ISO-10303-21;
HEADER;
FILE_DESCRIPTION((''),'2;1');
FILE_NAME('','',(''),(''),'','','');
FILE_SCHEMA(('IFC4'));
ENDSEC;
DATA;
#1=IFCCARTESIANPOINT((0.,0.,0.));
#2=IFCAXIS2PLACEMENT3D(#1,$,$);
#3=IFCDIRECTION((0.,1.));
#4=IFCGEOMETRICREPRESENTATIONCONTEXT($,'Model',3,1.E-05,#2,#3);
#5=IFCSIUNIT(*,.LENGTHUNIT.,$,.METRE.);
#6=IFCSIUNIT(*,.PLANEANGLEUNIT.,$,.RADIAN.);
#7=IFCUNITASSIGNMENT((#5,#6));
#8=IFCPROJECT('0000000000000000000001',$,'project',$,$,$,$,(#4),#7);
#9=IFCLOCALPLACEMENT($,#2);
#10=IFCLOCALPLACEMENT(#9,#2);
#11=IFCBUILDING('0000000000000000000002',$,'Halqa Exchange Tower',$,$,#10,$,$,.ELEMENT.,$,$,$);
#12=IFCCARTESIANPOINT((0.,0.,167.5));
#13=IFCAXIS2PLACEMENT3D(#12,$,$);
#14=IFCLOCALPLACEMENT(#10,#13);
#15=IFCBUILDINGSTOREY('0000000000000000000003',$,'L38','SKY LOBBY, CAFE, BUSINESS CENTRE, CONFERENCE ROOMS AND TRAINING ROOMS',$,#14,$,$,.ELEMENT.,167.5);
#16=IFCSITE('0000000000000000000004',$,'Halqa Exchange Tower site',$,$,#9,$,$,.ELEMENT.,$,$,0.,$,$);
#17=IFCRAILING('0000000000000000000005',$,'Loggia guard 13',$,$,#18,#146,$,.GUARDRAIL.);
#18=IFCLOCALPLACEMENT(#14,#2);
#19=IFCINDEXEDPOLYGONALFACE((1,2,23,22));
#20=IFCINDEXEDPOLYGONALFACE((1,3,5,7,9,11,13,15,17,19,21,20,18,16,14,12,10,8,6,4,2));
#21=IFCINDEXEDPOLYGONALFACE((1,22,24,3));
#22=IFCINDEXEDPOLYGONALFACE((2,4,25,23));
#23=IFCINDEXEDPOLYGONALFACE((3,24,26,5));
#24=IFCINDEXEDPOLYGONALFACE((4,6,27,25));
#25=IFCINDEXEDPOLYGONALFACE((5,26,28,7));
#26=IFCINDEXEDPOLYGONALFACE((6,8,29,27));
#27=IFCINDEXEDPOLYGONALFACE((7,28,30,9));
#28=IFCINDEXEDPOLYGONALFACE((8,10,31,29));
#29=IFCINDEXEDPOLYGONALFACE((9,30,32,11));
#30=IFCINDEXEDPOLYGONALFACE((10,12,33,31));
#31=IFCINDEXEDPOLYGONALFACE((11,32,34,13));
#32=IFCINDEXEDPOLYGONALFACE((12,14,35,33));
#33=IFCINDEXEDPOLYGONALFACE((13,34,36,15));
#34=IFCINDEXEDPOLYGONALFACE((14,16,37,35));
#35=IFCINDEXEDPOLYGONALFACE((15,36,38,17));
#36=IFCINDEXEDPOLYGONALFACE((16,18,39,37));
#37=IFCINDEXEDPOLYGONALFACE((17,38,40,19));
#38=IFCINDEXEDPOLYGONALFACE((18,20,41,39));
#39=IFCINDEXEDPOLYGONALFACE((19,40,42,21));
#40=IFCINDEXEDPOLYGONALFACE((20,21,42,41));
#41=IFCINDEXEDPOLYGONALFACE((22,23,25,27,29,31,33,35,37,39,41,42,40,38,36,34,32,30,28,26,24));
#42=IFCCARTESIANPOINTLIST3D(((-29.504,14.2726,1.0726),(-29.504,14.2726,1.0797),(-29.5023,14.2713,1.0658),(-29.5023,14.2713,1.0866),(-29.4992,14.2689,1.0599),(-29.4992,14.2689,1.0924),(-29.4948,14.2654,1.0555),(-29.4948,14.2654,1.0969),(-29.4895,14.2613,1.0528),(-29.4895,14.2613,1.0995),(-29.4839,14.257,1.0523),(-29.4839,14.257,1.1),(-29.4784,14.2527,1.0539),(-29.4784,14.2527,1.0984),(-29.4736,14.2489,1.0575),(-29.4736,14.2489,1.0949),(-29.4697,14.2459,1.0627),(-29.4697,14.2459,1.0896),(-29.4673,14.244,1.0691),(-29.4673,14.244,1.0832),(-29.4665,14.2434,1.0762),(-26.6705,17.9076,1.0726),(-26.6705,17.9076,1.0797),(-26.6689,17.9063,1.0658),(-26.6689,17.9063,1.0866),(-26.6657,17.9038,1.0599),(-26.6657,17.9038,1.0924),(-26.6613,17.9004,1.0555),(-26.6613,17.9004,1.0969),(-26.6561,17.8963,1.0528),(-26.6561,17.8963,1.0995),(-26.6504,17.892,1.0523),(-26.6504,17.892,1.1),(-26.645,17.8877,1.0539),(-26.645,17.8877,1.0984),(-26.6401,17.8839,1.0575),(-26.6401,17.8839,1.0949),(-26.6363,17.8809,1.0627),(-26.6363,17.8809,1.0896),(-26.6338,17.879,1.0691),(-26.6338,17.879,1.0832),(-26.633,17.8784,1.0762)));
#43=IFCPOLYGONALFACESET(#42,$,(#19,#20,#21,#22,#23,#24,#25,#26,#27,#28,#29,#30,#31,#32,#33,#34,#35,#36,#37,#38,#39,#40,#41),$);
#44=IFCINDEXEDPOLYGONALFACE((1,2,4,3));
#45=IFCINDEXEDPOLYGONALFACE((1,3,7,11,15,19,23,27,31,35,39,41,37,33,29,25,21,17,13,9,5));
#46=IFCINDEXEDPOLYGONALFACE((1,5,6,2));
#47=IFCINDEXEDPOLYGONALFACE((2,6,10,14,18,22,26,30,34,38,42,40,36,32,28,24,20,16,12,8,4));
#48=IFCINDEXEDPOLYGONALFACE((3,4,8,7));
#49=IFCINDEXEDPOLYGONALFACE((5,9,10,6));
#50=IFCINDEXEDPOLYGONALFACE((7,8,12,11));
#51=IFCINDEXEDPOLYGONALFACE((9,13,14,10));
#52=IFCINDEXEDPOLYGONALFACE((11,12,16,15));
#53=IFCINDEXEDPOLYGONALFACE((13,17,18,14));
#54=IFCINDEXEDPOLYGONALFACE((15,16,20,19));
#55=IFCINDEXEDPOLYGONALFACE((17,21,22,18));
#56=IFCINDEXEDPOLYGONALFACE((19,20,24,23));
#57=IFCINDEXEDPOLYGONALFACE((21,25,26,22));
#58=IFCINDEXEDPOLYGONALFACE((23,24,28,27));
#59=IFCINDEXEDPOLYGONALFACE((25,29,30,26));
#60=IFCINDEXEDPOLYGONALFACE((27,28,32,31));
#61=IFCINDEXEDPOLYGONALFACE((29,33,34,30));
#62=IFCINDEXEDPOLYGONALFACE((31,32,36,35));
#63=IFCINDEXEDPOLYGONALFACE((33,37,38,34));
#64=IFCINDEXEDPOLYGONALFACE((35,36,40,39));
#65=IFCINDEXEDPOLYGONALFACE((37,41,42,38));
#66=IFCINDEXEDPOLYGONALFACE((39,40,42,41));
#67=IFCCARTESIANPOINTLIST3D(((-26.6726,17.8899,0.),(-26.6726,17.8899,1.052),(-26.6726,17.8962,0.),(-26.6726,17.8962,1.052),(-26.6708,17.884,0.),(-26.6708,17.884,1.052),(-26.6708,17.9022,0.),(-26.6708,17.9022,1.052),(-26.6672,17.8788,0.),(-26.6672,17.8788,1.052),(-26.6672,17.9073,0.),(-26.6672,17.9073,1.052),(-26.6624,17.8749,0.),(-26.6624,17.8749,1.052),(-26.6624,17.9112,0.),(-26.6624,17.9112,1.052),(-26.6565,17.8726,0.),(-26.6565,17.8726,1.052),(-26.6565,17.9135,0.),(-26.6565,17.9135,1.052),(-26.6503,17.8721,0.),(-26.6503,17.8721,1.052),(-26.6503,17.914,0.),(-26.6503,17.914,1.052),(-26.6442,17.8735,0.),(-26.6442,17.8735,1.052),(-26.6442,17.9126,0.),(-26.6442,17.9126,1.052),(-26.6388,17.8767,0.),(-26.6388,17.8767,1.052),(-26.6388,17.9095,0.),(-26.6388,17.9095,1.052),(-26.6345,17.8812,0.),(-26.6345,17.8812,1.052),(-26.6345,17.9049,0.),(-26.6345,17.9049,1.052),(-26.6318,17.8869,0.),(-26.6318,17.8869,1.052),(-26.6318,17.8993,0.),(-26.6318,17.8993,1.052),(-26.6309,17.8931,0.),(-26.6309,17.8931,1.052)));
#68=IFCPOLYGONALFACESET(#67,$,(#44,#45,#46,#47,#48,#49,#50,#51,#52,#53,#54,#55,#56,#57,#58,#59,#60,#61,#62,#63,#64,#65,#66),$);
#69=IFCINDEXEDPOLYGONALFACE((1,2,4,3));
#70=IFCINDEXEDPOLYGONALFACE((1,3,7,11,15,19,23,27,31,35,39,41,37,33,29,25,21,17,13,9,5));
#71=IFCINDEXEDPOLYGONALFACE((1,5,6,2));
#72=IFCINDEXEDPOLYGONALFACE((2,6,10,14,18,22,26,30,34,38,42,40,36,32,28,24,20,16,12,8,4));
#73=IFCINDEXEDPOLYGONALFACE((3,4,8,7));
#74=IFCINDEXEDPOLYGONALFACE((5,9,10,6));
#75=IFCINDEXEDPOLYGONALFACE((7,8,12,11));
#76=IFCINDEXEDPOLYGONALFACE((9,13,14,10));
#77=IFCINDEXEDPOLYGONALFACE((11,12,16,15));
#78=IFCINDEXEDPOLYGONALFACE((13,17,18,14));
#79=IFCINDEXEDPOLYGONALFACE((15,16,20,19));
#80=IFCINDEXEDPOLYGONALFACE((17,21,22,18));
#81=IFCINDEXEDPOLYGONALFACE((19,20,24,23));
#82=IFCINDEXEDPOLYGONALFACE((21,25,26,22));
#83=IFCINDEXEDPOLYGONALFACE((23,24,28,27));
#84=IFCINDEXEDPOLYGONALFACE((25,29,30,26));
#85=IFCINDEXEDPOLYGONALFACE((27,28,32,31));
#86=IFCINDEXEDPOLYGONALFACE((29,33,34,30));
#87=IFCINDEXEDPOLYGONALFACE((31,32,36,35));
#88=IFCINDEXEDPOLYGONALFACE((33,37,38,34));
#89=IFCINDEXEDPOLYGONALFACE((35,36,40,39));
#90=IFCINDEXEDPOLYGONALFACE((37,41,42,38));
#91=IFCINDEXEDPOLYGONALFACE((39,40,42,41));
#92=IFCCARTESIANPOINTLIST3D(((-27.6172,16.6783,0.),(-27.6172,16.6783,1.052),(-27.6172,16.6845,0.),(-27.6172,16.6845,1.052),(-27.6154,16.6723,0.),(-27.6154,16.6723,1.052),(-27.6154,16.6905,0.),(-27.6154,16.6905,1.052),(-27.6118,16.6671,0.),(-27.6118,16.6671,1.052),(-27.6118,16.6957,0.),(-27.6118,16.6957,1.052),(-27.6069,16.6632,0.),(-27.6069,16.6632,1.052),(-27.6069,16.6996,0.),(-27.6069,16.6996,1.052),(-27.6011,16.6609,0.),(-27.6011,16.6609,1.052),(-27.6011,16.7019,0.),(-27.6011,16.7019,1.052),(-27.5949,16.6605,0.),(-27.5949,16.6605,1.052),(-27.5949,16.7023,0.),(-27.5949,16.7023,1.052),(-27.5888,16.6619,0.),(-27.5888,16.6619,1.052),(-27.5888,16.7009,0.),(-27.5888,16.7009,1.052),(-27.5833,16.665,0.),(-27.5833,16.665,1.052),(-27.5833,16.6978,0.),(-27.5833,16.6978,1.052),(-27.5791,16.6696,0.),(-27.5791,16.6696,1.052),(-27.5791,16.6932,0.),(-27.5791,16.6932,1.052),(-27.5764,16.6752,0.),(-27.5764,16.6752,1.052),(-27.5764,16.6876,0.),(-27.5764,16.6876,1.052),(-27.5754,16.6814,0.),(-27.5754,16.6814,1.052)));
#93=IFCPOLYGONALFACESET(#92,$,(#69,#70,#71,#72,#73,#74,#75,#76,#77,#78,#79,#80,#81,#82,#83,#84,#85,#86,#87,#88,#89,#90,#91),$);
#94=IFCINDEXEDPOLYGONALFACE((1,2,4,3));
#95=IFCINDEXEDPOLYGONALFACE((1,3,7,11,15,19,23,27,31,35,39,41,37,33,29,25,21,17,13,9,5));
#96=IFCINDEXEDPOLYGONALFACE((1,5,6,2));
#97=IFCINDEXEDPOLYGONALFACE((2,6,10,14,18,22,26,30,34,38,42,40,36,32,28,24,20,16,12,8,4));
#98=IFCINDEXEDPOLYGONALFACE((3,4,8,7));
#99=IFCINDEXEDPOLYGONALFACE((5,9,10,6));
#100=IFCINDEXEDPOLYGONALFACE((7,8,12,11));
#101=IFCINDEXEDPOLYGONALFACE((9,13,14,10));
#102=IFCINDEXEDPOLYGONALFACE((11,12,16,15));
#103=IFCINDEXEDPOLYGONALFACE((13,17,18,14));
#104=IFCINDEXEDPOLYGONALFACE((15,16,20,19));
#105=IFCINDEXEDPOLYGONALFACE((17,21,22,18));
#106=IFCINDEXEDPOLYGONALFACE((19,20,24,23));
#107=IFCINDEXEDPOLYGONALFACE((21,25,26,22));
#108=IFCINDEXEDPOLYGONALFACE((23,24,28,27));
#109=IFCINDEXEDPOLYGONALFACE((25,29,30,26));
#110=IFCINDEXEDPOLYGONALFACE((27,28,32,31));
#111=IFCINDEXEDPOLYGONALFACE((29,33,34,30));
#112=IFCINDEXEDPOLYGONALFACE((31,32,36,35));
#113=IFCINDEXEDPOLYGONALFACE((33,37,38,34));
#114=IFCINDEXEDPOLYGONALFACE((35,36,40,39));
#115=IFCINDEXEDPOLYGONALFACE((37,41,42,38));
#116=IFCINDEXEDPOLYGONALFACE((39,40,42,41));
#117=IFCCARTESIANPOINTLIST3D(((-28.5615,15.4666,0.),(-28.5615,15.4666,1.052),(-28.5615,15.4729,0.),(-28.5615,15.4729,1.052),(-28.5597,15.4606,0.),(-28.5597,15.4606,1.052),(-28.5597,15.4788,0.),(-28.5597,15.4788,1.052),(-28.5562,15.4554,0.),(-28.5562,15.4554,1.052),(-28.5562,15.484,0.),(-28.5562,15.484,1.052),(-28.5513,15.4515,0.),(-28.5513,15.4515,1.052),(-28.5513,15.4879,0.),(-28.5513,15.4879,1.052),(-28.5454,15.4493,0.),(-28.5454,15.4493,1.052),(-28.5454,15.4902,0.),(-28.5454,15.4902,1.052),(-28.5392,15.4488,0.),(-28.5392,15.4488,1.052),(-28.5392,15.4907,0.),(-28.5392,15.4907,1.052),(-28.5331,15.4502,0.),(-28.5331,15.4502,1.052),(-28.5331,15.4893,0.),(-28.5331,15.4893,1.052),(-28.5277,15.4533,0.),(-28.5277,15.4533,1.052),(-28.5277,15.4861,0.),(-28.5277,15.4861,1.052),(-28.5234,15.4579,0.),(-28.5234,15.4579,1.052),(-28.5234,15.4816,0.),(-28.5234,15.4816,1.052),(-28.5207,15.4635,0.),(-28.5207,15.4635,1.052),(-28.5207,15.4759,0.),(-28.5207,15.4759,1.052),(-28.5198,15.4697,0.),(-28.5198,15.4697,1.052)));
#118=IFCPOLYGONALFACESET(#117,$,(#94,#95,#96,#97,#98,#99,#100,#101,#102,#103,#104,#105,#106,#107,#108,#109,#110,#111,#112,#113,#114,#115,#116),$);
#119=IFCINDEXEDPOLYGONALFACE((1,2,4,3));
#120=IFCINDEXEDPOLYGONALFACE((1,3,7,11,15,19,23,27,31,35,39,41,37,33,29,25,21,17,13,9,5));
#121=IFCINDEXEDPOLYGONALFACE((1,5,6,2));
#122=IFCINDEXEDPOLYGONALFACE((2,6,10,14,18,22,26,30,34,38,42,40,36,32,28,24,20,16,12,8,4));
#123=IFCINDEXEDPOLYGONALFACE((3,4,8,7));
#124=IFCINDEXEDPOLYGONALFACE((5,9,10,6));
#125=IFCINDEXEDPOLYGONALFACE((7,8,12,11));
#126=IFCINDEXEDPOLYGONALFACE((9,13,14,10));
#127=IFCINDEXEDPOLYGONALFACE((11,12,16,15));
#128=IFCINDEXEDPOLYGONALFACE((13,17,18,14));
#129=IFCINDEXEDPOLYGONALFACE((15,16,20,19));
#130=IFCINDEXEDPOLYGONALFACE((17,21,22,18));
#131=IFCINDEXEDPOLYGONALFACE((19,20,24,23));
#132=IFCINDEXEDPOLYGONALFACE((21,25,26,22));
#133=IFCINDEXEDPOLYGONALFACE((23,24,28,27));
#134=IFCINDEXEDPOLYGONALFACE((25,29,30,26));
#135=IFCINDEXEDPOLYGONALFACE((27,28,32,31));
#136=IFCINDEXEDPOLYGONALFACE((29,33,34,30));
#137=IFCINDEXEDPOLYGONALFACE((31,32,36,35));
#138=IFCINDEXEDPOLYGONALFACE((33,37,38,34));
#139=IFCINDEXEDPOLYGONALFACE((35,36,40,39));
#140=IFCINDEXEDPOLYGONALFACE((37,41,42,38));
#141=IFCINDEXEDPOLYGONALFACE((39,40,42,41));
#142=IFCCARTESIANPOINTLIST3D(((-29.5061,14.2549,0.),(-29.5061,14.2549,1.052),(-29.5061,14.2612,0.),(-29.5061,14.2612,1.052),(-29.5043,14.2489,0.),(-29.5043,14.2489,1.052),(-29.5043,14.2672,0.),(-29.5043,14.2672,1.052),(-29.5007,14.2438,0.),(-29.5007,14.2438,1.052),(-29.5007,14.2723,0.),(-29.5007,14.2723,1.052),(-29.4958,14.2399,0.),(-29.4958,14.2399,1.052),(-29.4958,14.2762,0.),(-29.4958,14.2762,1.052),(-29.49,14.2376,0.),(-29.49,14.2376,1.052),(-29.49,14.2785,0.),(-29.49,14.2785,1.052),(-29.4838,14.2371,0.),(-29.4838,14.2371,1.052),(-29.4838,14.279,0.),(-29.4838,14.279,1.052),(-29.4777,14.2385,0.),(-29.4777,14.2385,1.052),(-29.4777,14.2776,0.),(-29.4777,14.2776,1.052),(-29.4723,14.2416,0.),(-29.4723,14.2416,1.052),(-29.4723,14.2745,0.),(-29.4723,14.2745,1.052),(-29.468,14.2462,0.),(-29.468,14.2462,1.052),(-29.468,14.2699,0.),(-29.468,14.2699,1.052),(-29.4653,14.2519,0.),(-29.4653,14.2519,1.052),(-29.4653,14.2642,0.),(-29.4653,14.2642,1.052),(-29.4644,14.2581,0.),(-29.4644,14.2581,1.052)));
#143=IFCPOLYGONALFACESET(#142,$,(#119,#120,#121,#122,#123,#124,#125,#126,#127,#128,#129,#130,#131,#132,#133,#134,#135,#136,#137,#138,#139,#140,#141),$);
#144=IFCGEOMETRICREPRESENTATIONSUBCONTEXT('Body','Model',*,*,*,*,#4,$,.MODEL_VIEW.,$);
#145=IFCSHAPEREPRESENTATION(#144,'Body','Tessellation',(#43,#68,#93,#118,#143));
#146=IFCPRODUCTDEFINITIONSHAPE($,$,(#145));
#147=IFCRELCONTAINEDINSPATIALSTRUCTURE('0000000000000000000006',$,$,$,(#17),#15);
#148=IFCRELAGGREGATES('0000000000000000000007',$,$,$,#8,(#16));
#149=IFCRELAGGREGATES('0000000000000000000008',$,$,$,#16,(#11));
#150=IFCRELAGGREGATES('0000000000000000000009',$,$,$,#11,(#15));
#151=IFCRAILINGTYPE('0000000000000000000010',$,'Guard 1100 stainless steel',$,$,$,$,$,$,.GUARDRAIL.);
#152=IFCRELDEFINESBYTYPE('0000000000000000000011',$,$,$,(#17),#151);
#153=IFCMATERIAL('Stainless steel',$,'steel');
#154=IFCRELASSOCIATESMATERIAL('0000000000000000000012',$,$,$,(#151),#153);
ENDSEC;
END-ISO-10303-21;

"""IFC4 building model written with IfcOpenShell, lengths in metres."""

from ifc_helpers import new_model, si_unit, direction, frame, origin, origin_2d, place, context, subcontext, project, spatial, circle, extrude, material, type_object, element, save


model = new_model("IFC4")

# Units and contexts
model_context = context("Model", 3, precision=1e-05, world=origin(), true_north=direction((0.0, 1.0)))
body_context = subcontext(model_context, "Body", "Model", "MODEL_VIEW")
ifc_project = project(units=[si_unit("LENGTHUNIT", "METRE"), si_unit("PLANEANGLEUNIT", "RADIAN")], contexts=[model_context])

# Site, building, storey
site_placement = place(None, origin())
site = spatial("IfcSite", under=ifc_project, at=site_placement, Name="Halqa Exchange Tower site", CompositionType="ELEMENT", RefElevation=0.0)
building_placement = place(site_placement, origin())
building = spatial("IfcBuilding", under=site, at=building_placement, Name="Halqa Exchange Tower", CompositionType="ELEMENT")
storey_placement = place(building_placement, frame((0.0, 0.0, 167.5)))
storey = spatial("IfcBuildingStorey", under=building, at=storey_placement, Name="L38", Description="SKY LOBBY, CAFE, BUSINESS CENTRE, CONFERENCE ROOMS AND TRAINING ROOMS", CompositionType="ELEMENT", Elevation=167.5)

# Railing
ifc_material_1 = material(Name="Stainless steel", Category="steel")
railing_type = type_object("IfcRailingType", Name="Guard 1100 stainless steel", PredefinedType="GUARDRAIL", material=ifc_material_1)
railing_1_placement = place(storey_placement, frame((-26.6519, 17.8931, 0.0)))
element("IfcRailing", 1, at=railing_1_placement, inside=storey, type_object=railing_type, Name="Loggia guard 13", PredefinedType="GUARDRAIL", context=body_context, shape_type="SweptSolid", body=[
    extrude(circle(Radius=0.0239, at=origin_2d()), frame((0.0, 0.0, 1.0762), z_axis=(-0.614787, -0.788693, 0.0), x_axis=(0.788693, -0.614787, 0.0)), (0.0, 0.0, 1.0), 4.6089),
    extrude(circle(Radius=0.021, at=origin_2d()), origin(), (0.0, 0.0, 1.0), 1.052),
    extrude(circle(Radius=0.021, at=origin_2d()), frame((-0.9446, -1.2117, 0.0)), (0.0, 0.0, 1.0), 1.052),
    extrude(circle(Radius=0.021, at=origin_2d()), frame((-1.8889, -2.4233, 0.0)), (0.0, 0.0, 1.0), 1.052),
    extrude(circle(Radius=0.021, at=origin_2d()), frame((-2.8335, -3.635, 0.0)), (0.0, 0.0, 1.0), 1.052),
])

save(model, "model.ifc")
